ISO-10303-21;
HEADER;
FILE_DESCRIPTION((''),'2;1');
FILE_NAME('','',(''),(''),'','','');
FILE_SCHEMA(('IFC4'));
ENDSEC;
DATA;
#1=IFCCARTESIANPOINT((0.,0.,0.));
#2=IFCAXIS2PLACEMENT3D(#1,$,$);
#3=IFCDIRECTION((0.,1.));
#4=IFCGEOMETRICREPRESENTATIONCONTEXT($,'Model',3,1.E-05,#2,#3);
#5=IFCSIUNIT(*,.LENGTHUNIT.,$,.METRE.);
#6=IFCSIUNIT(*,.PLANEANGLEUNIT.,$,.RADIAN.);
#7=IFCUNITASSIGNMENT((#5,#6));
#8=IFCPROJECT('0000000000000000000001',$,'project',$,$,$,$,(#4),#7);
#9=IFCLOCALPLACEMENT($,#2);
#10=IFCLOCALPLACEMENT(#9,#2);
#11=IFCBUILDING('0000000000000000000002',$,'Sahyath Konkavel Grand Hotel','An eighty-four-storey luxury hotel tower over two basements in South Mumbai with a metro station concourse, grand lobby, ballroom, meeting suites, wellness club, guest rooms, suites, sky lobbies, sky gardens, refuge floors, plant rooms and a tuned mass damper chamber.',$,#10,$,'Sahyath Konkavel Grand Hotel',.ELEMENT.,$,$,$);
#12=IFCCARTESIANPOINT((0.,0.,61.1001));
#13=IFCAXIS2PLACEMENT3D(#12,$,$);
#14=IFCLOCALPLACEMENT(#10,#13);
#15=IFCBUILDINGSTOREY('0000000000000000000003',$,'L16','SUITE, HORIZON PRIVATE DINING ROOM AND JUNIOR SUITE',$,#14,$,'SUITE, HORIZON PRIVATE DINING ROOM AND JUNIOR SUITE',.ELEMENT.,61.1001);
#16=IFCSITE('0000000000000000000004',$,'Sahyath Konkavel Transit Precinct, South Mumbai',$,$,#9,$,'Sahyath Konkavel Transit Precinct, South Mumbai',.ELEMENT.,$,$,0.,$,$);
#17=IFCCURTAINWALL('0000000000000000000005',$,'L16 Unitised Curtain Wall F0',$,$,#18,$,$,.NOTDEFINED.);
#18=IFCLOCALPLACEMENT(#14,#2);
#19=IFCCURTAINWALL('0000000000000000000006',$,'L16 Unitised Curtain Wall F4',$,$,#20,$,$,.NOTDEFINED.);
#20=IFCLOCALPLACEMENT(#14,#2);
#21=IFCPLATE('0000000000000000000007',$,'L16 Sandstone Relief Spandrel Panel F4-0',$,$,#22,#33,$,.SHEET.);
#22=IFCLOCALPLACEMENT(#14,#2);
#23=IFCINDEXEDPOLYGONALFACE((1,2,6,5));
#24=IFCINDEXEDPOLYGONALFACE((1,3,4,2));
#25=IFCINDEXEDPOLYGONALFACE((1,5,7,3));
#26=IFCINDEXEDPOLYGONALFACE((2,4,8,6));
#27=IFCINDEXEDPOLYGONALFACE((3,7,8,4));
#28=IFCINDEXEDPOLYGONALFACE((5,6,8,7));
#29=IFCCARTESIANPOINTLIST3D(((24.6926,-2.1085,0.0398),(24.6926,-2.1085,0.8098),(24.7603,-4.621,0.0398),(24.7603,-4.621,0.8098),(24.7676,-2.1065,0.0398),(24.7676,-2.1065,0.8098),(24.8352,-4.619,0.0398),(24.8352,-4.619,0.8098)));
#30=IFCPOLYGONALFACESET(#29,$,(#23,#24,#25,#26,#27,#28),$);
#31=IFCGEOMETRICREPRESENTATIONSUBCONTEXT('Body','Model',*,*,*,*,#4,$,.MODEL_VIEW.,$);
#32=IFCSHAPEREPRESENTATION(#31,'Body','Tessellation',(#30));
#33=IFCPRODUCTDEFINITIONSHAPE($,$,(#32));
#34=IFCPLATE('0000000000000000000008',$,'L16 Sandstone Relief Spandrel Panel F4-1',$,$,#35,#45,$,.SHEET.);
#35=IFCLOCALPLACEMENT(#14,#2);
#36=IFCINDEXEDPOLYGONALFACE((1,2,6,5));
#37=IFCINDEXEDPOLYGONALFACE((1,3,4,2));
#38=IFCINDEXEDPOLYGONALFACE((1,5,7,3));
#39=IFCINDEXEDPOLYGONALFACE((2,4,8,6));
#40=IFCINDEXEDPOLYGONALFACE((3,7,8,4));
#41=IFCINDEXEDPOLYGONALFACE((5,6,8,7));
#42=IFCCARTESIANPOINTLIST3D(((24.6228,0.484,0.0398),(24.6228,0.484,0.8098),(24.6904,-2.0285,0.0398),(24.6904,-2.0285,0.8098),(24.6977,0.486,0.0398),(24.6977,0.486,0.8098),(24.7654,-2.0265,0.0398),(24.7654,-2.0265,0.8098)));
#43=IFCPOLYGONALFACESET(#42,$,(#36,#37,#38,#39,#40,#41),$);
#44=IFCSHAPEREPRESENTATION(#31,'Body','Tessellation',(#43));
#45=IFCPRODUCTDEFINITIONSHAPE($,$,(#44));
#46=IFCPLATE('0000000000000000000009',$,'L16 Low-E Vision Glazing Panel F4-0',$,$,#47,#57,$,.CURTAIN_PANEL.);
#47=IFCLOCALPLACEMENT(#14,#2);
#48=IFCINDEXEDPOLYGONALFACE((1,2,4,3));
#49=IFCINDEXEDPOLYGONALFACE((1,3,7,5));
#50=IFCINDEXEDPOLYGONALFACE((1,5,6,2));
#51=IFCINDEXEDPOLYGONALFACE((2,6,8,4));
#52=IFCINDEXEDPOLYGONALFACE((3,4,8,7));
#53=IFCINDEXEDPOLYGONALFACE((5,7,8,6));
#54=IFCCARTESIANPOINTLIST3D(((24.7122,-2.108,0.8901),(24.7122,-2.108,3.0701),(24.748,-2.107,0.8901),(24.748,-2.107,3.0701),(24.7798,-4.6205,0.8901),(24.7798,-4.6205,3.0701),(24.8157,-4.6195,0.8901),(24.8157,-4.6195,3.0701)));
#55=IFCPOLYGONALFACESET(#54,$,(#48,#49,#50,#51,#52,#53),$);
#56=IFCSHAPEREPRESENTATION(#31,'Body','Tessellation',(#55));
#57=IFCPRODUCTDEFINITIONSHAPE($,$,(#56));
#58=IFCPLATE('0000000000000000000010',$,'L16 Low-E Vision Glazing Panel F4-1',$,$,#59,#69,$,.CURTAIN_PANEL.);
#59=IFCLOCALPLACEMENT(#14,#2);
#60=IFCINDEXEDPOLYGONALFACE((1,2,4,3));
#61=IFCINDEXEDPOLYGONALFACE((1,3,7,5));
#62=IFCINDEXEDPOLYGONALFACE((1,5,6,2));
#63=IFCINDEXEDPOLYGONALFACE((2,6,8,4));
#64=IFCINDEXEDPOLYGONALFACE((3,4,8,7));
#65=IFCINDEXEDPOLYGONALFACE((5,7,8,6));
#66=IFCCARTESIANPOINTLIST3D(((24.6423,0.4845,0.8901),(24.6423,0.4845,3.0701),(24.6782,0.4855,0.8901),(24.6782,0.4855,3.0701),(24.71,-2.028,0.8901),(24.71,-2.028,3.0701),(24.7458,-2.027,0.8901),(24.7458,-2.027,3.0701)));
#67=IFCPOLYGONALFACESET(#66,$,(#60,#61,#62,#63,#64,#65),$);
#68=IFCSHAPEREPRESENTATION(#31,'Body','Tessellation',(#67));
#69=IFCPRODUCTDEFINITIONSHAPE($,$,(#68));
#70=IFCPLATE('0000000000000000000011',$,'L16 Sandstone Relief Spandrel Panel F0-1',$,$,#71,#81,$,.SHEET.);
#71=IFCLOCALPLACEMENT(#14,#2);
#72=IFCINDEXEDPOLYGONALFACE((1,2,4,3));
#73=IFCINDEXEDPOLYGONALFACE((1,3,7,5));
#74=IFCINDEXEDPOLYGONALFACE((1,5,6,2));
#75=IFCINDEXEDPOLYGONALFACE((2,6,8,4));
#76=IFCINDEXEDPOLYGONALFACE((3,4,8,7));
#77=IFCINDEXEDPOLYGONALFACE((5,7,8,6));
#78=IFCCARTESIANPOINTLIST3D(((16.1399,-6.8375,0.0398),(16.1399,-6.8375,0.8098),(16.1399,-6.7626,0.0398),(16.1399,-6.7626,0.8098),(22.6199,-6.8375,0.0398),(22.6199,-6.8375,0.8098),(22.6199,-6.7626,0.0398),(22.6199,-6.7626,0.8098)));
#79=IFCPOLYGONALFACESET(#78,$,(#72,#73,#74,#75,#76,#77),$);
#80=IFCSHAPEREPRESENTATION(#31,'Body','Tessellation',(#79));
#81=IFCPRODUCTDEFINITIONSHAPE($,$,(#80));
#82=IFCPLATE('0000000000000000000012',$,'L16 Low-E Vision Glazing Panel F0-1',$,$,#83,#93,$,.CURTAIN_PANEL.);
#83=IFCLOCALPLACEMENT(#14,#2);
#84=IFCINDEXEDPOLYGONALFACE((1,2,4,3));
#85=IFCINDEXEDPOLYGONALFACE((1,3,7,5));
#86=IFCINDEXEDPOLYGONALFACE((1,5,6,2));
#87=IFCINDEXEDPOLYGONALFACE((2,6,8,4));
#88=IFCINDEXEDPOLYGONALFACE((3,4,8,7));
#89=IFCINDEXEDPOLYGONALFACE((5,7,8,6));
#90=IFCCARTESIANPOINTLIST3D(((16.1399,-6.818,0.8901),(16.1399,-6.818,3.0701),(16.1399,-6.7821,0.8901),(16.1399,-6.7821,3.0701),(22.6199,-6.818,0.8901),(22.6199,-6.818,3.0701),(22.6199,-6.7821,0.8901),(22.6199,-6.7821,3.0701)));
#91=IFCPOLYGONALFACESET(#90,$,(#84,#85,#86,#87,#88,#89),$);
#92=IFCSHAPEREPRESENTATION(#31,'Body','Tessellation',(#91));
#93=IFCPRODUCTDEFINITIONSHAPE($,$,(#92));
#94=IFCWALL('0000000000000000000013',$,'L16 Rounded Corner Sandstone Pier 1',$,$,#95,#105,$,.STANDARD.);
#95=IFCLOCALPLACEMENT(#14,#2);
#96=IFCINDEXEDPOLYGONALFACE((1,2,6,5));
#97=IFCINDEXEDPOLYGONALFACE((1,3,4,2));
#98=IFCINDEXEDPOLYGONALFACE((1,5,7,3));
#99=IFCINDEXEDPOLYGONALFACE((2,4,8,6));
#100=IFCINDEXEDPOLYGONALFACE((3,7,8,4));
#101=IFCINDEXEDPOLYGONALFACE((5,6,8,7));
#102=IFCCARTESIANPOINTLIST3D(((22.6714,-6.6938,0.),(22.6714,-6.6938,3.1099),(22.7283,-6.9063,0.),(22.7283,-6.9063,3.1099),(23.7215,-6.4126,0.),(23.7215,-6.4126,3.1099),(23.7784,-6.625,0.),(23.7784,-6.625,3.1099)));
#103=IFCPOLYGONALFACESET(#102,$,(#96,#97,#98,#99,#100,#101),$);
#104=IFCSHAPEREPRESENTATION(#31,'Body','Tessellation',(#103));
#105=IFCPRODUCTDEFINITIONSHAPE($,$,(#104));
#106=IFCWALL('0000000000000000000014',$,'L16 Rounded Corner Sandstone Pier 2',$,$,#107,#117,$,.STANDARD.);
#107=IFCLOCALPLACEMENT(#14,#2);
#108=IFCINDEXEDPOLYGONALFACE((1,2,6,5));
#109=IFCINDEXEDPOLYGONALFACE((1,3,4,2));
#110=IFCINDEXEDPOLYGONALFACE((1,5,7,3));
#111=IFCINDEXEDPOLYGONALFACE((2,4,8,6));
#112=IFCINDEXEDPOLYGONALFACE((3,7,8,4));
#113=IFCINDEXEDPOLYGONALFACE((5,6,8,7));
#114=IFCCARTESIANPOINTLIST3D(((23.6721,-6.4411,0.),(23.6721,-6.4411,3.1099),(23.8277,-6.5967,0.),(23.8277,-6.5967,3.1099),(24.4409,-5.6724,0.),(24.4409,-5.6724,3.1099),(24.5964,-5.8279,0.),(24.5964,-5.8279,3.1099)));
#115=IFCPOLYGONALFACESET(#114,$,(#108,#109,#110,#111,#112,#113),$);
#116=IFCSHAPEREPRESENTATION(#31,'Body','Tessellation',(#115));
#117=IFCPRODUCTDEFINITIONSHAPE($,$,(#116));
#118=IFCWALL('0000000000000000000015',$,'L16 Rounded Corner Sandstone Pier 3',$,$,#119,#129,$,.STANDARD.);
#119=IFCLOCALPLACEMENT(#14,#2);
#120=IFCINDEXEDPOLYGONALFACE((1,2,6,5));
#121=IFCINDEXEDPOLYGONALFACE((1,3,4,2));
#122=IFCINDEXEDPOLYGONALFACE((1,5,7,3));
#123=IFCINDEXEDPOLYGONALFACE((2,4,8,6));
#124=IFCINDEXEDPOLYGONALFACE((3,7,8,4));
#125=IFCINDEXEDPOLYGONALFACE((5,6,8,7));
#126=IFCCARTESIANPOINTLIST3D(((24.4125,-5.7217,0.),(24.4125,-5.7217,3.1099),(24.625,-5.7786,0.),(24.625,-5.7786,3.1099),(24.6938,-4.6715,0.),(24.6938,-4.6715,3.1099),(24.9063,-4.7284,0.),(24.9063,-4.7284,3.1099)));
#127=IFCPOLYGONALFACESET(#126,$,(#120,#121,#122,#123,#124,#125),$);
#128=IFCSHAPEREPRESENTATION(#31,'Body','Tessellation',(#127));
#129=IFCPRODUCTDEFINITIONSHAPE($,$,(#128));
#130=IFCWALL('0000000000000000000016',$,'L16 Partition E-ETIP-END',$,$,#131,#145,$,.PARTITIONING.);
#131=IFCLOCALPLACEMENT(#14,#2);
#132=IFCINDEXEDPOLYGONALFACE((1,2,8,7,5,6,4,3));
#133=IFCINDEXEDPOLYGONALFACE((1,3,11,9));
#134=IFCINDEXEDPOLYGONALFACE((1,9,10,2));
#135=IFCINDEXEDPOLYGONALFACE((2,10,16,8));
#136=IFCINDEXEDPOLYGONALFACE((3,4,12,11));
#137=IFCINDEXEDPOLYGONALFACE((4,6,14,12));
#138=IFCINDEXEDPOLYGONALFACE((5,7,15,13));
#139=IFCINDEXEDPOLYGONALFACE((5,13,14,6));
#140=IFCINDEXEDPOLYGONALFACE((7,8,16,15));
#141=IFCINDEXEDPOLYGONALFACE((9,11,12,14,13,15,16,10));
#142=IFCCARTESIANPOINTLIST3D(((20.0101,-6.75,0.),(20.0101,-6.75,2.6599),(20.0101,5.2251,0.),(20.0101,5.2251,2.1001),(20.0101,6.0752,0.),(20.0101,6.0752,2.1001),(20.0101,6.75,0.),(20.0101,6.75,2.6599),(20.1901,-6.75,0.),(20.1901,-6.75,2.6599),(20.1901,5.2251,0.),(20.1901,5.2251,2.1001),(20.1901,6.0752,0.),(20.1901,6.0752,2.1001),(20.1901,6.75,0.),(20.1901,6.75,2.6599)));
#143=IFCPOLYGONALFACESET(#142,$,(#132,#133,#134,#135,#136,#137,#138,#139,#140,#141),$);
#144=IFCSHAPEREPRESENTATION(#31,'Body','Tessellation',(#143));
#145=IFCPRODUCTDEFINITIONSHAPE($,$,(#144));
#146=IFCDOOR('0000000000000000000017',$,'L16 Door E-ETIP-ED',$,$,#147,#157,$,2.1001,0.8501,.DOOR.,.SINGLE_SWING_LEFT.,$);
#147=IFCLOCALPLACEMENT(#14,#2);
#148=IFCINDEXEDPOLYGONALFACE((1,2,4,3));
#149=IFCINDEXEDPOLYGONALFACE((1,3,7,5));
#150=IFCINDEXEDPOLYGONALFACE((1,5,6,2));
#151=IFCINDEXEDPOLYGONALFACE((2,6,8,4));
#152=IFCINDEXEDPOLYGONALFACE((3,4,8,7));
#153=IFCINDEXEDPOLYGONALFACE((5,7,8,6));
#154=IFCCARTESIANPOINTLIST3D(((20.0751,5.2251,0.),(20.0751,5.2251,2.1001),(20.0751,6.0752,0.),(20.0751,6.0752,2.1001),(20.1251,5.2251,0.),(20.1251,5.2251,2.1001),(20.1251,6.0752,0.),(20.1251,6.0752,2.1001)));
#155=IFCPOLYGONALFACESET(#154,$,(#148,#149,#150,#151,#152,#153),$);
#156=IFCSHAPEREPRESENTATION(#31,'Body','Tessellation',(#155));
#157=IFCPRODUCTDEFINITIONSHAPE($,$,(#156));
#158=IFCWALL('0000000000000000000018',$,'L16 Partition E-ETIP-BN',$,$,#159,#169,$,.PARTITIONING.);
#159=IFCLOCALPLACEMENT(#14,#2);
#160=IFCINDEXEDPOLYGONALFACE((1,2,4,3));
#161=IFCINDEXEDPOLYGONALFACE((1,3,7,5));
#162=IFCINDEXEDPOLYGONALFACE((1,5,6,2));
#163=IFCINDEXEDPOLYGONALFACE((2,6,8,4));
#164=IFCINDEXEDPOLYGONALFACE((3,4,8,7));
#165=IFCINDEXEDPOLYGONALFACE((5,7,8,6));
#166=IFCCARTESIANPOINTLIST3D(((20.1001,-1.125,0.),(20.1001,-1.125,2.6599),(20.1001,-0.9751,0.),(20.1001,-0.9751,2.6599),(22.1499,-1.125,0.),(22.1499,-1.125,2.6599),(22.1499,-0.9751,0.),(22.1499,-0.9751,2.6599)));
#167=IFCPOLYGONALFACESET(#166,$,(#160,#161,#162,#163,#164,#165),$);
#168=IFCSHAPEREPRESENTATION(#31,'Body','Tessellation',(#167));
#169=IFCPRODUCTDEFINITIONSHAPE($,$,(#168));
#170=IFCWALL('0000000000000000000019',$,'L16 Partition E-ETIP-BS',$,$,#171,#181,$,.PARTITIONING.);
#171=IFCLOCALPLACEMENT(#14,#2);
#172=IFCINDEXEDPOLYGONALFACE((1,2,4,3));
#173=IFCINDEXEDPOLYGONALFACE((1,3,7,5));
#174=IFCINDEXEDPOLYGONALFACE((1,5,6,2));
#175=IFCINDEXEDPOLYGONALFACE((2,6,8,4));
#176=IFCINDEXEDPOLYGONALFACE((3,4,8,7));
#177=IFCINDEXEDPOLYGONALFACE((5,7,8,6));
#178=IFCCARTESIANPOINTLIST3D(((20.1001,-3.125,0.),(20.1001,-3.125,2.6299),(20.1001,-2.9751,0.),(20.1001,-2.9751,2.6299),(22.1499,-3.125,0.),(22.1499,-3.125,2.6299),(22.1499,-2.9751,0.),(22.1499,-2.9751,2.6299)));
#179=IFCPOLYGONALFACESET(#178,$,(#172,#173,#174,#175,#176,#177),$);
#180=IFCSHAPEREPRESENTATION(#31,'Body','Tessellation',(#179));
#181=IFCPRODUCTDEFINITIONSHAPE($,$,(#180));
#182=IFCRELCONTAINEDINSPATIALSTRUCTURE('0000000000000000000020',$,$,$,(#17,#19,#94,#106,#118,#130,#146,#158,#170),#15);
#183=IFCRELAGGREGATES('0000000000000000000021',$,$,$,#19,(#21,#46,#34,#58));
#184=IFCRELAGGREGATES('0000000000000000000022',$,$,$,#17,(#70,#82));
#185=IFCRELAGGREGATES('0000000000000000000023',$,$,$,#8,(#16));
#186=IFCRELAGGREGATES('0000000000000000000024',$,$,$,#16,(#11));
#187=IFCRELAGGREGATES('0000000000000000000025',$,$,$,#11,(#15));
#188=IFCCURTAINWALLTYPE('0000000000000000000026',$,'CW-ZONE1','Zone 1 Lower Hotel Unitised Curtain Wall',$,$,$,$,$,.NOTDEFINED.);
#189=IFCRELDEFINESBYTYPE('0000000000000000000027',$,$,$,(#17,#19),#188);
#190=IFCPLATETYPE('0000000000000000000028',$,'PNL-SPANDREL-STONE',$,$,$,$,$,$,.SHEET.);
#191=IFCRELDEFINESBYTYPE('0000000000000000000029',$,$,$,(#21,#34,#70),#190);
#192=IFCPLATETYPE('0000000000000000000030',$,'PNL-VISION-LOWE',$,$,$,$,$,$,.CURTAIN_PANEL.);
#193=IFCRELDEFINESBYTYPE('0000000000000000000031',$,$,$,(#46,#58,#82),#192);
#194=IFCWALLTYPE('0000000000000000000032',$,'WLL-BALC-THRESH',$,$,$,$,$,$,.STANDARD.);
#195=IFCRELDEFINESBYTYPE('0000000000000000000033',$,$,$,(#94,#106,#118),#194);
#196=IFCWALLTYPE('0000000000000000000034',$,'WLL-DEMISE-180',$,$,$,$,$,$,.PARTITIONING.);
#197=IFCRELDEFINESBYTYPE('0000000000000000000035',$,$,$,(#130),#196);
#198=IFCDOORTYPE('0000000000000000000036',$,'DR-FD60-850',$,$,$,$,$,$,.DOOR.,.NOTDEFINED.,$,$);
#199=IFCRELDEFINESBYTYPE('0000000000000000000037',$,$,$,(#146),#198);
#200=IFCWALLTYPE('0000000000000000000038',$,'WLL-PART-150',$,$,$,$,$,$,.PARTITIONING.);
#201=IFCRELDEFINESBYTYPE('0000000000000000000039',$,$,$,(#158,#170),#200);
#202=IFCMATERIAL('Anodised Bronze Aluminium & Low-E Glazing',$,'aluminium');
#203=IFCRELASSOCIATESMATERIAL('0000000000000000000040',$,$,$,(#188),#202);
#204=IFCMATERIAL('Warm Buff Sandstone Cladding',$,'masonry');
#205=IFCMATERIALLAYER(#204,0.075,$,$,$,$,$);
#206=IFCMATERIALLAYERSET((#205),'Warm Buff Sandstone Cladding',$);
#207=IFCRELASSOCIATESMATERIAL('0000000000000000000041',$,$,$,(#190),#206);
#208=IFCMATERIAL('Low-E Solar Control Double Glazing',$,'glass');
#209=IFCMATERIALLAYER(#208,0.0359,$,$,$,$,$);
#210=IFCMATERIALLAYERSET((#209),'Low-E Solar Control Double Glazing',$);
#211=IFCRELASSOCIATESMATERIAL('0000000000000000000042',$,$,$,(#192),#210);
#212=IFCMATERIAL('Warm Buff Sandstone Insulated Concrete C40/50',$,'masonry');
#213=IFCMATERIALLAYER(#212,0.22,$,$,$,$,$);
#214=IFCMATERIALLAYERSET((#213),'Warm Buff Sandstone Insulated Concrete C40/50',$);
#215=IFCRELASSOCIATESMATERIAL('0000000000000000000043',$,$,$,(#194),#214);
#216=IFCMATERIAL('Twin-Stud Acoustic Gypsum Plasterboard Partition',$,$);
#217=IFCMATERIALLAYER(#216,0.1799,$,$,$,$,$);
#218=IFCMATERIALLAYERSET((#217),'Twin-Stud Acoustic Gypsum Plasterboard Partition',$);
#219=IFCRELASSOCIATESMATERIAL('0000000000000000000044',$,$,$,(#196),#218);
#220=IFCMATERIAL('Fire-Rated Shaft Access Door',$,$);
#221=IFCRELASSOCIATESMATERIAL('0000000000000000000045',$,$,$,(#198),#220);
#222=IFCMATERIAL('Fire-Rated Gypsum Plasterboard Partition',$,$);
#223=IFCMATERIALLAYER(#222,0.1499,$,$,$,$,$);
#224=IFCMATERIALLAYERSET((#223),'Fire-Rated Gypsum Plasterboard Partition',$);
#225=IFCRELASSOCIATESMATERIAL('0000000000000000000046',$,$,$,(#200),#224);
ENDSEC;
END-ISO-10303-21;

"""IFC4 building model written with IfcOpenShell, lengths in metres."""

from ifc_helpers import new_model, si_unit, direction, frame, frame_2d, origin, origin_2d, place, context, subcontext, project, spatial, rectangle, extrude, source, transform, mapped, material, layer, layer_set, type_object, element, fill, aggregate, save


model = new_model("IFC4")

# Units and contexts
model_context = context("Model", 3, precision=1e-05, world=origin(), true_north=direction((0.0, 1.0)))
body_context = subcontext(model_context, "Body", "Model", "MODEL_VIEW")
ifc_project = project(units=[si_unit("LENGTHUNIT", "METRE"), si_unit("PLANEANGLEUNIT", "RADIAN")], contexts=[model_context])

# Site, building, storey
site_placement = place(None, origin())
site = spatial("IfcSite", under=ifc_project, at=site_placement, Name="Sahyath Konkavel Transit Precinct, South Mumbai", LongName="Sahyath Konkavel Transit Precinct, South Mumbai", CompositionType="ELEMENT", RefElevation=0.0)
building_placement = place(site_placement, origin())
building = spatial("IfcBuilding", under=site, at=building_placement, Name="Sahyath Konkavel Grand Hotel", Description="An eighty-four-storey luxury hotel tower over two basements in South Mumbai with a metro station concourse, grand lobby, ballroom, meeting suites, wellness club, guest rooms, suites, sky lobbies, sky gardens, refuge floors, plant rooms and a tuned mass damper chamber.", LongName="Sahyath Konkavel Grand Hotel", CompositionType="ELEMENT")
storey_placement = place(building_placement, frame((0.0, 0.0, 61.1001)))
storey = spatial("IfcBuildingStorey", under=building, at=storey_placement, Name="L16", Description="SUITE, HORIZON PRIVATE DINING ROOM AND JUNIOR SUITE", LongName="SUITE, HORIZON PRIVATE DINING ROOM AND JUNIOR SUITE", CompositionType="ELEMENT", Elevation=61.1001)

# Curtain walls
ifc_material_1 = material(Name="Anodised Bronze Aluminium & Low-E Glazing", Category="aluminium")
curtain_wall_type = type_object("IfcCurtainWallType", Name="CW-ZONE1", Description="Zone 1 Lower Hotel Unitised Curtain Wall", PredefinedType="NOTDEFINED", material=ifc_material_1)
curtain_wall_1_placement = place(storey_placement, origin())
curtain_wall_1 = element("IfcCurtainWall", 1, at=curtain_wall_1_placement, inside=storey, type_object=curtain_wall_type, Name="L16 Unitised Curtain Wall F0", PredefinedType="NOTDEFINED")
curtain_wall_2_placement = place(storey_placement, origin())
curtain_wall_2 = element("IfcCurtainWall", 2, at=curtain_wall_2_placement, inside=storey, type_object=curtain_wall_type, Name="L16 Unitised Curtain Wall F4", PredefinedType="NOTDEFINED")

# Plates
ifc_material_2 = material(Name="Warm Buff Sandstone Cladding", Category="masonry")
ifc_layer_1 = layer(ifc_material_2, 0.075)
ifc_layer_set_1 = layer_set([ifc_layer_1], Name="Warm Buff Sandstone Cladding")
plate_type_1 = type_object("IfcPlateType", Name="PNL-SPANDREL-STONE", PredefinedType="SHEET", material=ifc_layer_set_1)
shared_shape_1 = source(origin(), body_context, "Body", "SweptSolid", [
    extrude(rectangle(XDim=2.5134, YDim=0.075, at=origin_2d()), origin(), (0.0, 0.0, 1.0), 0.77),
])
plate_1_placement = place(storey_placement, frame((24.7639, -3.3638, 0.0398), z_axis=(0.0, 0.0, 1.0), x_axis=(-0.02691, 0.999638, 0.0)))
plate_1 = element("IfcPlate", 3, at=plate_1_placement, type_object=plate_type_1, Name="L16 Sandstone Relief Spandrel Panel F4-0", PredefinedType="SHEET", context=body_context, shape_type="MappedRepresentation", body=[
    mapped(shared_shape_1, transform((0.0, 0.0, 0.0), scale=1.0)),
])
plate_2_placement = place(storey_placement, frame((24.6941, -0.7712, 0.0398), z_axis=(0.0, 0.0, 1.0), x_axis=(-0.02691, 0.999638, 0.0)))
plate_2 = element("IfcPlate", 4, at=plate_2_placement, type_object=plate_type_1, Name="L16 Sandstone Relief Spandrel Panel F4-1", PredefinedType="SHEET", context=body_context, shape_type="MappedRepresentation", body=[
    mapped(shared_shape_1, transform((0.0, 0.0, 0.0), scale=1.0)),
])
ifc_material_3 = material(Name="Low-E Solar Control Double Glazing", Category="glass")
ifc_layer_2 = layer(ifc_material_3, 0.0359)
ifc_layer_set_2 = layer_set([ifc_layer_2], Name="Low-E Solar Control Double Glazing")
plate_type_2 = type_object("IfcPlateType", Name="PNL-VISION-LOWE", PredefinedType="CURTAIN_PANEL", material=ifc_layer_set_2)
shared_shape_2 = source(origin(), body_context, "Body", "SweptSolid", [
    extrude(rectangle(XDim=2.5134, YDim=0.0359, at=origin_2d()), origin(), (0.0, 0.0, 1.0), 2.1799),
])
plate_3_placement = place(storey_placement, frame((24.7639, -3.3638, 0.8901), z_axis=(0.0, 0.0, 1.0), x_axis=(-0.02691, 0.999638, 0.0)))
plate_3 = element("IfcPlate", 5, at=plate_3_placement, type_object=plate_type_2, Name="L16 Low-E Vision Glazing Panel F4-0", PredefinedType="CURTAIN_PANEL", context=body_context, shape_type="MappedRepresentation", body=[
    mapped(shared_shape_2, transform((0.0, 0.0, 0.0), scale=1.0)),
])
plate_4_placement = place(storey_placement, frame((24.6941, -0.7712, 0.8901), z_axis=(0.0, 0.0, 1.0), x_axis=(-0.02691, 0.999638, 0.0)))
plate_4 = element("IfcPlate", 6, at=plate_4_placement, type_object=plate_type_2, Name="L16 Low-E Vision Glazing Panel F4-1", PredefinedType="CURTAIN_PANEL", context=body_context, shape_type="MappedRepresentation", body=[
    mapped(shared_shape_2, transform((0.0, 0.0, 0.0), scale=1.0)),
])
aggregate(curtain_wall_2, [plate_1, plate_3, plate_2, plate_4])
shared_shape_3 = source(origin(), body_context, "Body", "SweptSolid", [
    extrude(rectangle(XDim=6.48, YDim=0.075, at=origin_2d()), origin(), (0.0, 0.0, 1.0), 0.77),
])
plate_5_placement = place(storey_placement, frame((19.3799, -6.8, 0.0398), z_axis=(0.0, 0.0, 1.0), x_axis=(1.0, 0.0, 0.0)))
plate_5 = element("IfcPlate", 7, at=plate_5_placement, type_object=plate_type_1, Name="L16 Sandstone Relief Spandrel Panel F0-1", PredefinedType="SHEET", context=body_context, shape_type="MappedRepresentation", body=[
    mapped(shared_shape_3, transform((0.0, 0.0, 0.0), scale=1.0)),
])
shared_shape_4 = source(origin(), body_context, "Body", "SweptSolid", [
    extrude(rectangle(XDim=6.48, YDim=0.0359, at=origin_2d()), origin(), (0.0, 0.0, 1.0), 2.1799),
])
plate_6_placement = place(storey_placement, frame((19.3799, -6.8, 0.8901), z_axis=(0.0, 0.0, 1.0), x_axis=(1.0, 0.0, 0.0)))
plate_6 = element("IfcPlate", 8, at=plate_6_placement, type_object=plate_type_2, Name="L16 Low-E Vision Glazing Panel F0-1", PredefinedType="CURTAIN_PANEL", context=body_context, shape_type="MappedRepresentation", body=[
    mapped(shared_shape_4, transform((0.0, 0.0, 0.0), scale=1.0)),
])
aggregate(curtain_wall_1, [plate_5, plate_6])

# Walls
ifc_material_4 = material(Name="Warm Buff Sandstone Insulated Concrete C40/50", Category="masonry")
ifc_layer_3 = layer(ifc_material_4, 0.22)
ifc_layer_set_3 = layer_set([ifc_layer_3], Name="Warm Buff Sandstone Insulated Concrete C40/50")
wall_type_1 = type_object("IfcWallType", Name="WLL-BALC-THRESH", PredefinedType="STANDARD", material=ifc_layer_set_3)
for number, where, z_axis, x_axis, name in (
    (9, (22.7, -6.8, 0.0), (0.0, 0.0, 1.0), (0.965951, 0.258725, 0.0), "L16 Rounded Corner Sandstone Pier 1"),
    (10, (23.75, -6.5188, 0.0), (0.0, 0.0, 1.0), (0.707107, 0.707107, 0.0), "L16 Rounded Corner Sandstone Pier 2"),
    (11, (24.5188, -5.75, 0.0), (0.0, 0.0, 1.0), (0.258725, 0.965951, 0.0), "L16 Rounded Corner Sandstone Pier 3"),
):
    element("IfcWall", number, at=place(storey_placement, frame(where, z_axis=z_axis, x_axis=x_axis)), inside=storey, type_object=wall_type_1, Name=name, PredefinedType="STANDARD", context=body_context, shape_type="SweptSolid", body=[
        extrude(rectangle(XDim=1.0872, YDim=0.22, at=frame_2d((0.5435, 0.0))), origin(), (0.0, 0.0, 1.0), 3.1099),
    ])

# Wall, opening, door
ifc_material_5 = material(Name="Twin-Stud Acoustic Gypsum Plasterboard Partition")
ifc_layer_4 = layer(ifc_material_5, 0.1799)
ifc_layer_set_4 = layer_set([ifc_layer_4], Name="Twin-Stud Acoustic Gypsum Plasterboard Partition")
wall_type_2 = type_object("IfcWallType", Name="WLL-DEMISE-180", PredefinedType="PARTITIONING", material=ifc_layer_set_4)
wall_1_placement = place(storey_placement, frame((20.1001, -6.75, 0.0), z_axis=(0.0, 0.0, 1.0), x_axis=(0.0, 1.0, 0.0)))
wall_1 = element("IfcWall", 12, at=wall_1_placement, inside=storey, type_object=wall_type_2, Name="L16 Partition E-ETIP-END", PredefinedType="PARTITIONING", context=body_context, shape_type="SweptSolid", body=[
    extrude(rectangle(XDim=13.5, YDim=0.1799, at=frame_2d((6.75, 0.0))), origin(), (0.0, 0.0, 1.0), 2.6599),
])
opening_1_placement = place(wall_1_placement, frame((11.9751, 0.0, 0.0)))
opening_1 = element("IfcOpeningElement", 13, at=opening_1_placement, cuts=wall_1, PredefinedType="OPENING", context=body_context, shape_type="SweptSolid", body=[
    extrude(rectangle(XDim=0.8501, YDim=2.1001, at=frame_2d((0.425, 1.05))), frame((0.0, 0.1001, 0.0), z_axis=(0.0, -1.0, 0.0), x_axis=(1.0, 0.0, 0.0)), (0.0, 0.0, 1.0), 0.2),
])
ifc_material_6 = material(Name="Fire-Rated Shaft Access Door")
door_type_1 = type_object("IfcDoorType", Name="DR-FD60-850", OperationType="NOTDEFINED", PredefinedType="DOOR", material=ifc_material_6)
shared_shape_5 = source(origin(), body_context, "Body", "SweptSolid", [
    extrude(rectangle(XDim=0.8501, YDim=0.05, at=origin_2d()), origin(), (0.0, 0.0, 1.0), 2.1001),
])
door_1_placement = place(opening_1_placement, frame((0.425, 0.0, 0.0)))
door_1 = element("IfcDoor", 14, at=door_1_placement, inside=storey, type_object=door_type_1, Name="L16 Door E-ETIP-ED", OperationType="SINGLE_SWING_LEFT", OverallHeight=2.1001, OverallWidth=0.8501, PredefinedType="DOOR", context=body_context, shape_type="MappedRepresentation", body=[
    mapped(shared_shape_5, transform((0.0, 0.0, 0.0), scale=1.0)),
])
fill(opening_1, door_1)

# Walls
ifc_material_7 = material(Name="Fire-Rated Gypsum Plasterboard Partition")
ifc_layer_5 = layer(ifc_material_7, 0.1499)
ifc_layer_set_5 = layer_set([ifc_layer_5], Name="Fire-Rated Gypsum Plasterboard Partition")
wall_type_3 = type_object("IfcWallType", Name="WLL-PART-150", PredefinedType="PARTITIONING", material=ifc_layer_set_5)
wall_2_placement = place(storey_placement, frame((20.1001, -1.05, 0.0), z_axis=(0.0, 0.0, 1.0), x_axis=(1.0, 0.0, 0.0)))
element("IfcWall", 15, at=wall_2_placement, inside=storey, type_object=wall_type_3, Name="L16 Partition E-ETIP-BN", PredefinedType="PARTITIONING", context=body_context, shape_type="SweptSolid", body=[
    extrude(rectangle(XDim=2.0498, YDim=0.1499, at=frame_2d((1.0249, 0.0))), origin(), (0.0, 0.0, 1.0), 2.6599),
])
wall_3_placement = place(storey_placement, frame((20.1001, -3.05, 0.0), z_axis=(0.0, 0.0, 1.0), x_axis=(1.0, 0.0, 0.0)))
element("IfcWall", 16, at=wall_3_placement, inside=storey, type_object=wall_type_3, Name="L16 Partition E-ETIP-BS", PredefinedType="PARTITIONING", context=body_context, shape_type="SweptSolid", body=[
    extrude(rectangle(XDim=2.0498, YDim=0.1499, at=frame_2d((1.0249, 0.0))), origin(), (0.0, 0.0, 1.0), 2.6299),
])

save(model, "model.ifc")
